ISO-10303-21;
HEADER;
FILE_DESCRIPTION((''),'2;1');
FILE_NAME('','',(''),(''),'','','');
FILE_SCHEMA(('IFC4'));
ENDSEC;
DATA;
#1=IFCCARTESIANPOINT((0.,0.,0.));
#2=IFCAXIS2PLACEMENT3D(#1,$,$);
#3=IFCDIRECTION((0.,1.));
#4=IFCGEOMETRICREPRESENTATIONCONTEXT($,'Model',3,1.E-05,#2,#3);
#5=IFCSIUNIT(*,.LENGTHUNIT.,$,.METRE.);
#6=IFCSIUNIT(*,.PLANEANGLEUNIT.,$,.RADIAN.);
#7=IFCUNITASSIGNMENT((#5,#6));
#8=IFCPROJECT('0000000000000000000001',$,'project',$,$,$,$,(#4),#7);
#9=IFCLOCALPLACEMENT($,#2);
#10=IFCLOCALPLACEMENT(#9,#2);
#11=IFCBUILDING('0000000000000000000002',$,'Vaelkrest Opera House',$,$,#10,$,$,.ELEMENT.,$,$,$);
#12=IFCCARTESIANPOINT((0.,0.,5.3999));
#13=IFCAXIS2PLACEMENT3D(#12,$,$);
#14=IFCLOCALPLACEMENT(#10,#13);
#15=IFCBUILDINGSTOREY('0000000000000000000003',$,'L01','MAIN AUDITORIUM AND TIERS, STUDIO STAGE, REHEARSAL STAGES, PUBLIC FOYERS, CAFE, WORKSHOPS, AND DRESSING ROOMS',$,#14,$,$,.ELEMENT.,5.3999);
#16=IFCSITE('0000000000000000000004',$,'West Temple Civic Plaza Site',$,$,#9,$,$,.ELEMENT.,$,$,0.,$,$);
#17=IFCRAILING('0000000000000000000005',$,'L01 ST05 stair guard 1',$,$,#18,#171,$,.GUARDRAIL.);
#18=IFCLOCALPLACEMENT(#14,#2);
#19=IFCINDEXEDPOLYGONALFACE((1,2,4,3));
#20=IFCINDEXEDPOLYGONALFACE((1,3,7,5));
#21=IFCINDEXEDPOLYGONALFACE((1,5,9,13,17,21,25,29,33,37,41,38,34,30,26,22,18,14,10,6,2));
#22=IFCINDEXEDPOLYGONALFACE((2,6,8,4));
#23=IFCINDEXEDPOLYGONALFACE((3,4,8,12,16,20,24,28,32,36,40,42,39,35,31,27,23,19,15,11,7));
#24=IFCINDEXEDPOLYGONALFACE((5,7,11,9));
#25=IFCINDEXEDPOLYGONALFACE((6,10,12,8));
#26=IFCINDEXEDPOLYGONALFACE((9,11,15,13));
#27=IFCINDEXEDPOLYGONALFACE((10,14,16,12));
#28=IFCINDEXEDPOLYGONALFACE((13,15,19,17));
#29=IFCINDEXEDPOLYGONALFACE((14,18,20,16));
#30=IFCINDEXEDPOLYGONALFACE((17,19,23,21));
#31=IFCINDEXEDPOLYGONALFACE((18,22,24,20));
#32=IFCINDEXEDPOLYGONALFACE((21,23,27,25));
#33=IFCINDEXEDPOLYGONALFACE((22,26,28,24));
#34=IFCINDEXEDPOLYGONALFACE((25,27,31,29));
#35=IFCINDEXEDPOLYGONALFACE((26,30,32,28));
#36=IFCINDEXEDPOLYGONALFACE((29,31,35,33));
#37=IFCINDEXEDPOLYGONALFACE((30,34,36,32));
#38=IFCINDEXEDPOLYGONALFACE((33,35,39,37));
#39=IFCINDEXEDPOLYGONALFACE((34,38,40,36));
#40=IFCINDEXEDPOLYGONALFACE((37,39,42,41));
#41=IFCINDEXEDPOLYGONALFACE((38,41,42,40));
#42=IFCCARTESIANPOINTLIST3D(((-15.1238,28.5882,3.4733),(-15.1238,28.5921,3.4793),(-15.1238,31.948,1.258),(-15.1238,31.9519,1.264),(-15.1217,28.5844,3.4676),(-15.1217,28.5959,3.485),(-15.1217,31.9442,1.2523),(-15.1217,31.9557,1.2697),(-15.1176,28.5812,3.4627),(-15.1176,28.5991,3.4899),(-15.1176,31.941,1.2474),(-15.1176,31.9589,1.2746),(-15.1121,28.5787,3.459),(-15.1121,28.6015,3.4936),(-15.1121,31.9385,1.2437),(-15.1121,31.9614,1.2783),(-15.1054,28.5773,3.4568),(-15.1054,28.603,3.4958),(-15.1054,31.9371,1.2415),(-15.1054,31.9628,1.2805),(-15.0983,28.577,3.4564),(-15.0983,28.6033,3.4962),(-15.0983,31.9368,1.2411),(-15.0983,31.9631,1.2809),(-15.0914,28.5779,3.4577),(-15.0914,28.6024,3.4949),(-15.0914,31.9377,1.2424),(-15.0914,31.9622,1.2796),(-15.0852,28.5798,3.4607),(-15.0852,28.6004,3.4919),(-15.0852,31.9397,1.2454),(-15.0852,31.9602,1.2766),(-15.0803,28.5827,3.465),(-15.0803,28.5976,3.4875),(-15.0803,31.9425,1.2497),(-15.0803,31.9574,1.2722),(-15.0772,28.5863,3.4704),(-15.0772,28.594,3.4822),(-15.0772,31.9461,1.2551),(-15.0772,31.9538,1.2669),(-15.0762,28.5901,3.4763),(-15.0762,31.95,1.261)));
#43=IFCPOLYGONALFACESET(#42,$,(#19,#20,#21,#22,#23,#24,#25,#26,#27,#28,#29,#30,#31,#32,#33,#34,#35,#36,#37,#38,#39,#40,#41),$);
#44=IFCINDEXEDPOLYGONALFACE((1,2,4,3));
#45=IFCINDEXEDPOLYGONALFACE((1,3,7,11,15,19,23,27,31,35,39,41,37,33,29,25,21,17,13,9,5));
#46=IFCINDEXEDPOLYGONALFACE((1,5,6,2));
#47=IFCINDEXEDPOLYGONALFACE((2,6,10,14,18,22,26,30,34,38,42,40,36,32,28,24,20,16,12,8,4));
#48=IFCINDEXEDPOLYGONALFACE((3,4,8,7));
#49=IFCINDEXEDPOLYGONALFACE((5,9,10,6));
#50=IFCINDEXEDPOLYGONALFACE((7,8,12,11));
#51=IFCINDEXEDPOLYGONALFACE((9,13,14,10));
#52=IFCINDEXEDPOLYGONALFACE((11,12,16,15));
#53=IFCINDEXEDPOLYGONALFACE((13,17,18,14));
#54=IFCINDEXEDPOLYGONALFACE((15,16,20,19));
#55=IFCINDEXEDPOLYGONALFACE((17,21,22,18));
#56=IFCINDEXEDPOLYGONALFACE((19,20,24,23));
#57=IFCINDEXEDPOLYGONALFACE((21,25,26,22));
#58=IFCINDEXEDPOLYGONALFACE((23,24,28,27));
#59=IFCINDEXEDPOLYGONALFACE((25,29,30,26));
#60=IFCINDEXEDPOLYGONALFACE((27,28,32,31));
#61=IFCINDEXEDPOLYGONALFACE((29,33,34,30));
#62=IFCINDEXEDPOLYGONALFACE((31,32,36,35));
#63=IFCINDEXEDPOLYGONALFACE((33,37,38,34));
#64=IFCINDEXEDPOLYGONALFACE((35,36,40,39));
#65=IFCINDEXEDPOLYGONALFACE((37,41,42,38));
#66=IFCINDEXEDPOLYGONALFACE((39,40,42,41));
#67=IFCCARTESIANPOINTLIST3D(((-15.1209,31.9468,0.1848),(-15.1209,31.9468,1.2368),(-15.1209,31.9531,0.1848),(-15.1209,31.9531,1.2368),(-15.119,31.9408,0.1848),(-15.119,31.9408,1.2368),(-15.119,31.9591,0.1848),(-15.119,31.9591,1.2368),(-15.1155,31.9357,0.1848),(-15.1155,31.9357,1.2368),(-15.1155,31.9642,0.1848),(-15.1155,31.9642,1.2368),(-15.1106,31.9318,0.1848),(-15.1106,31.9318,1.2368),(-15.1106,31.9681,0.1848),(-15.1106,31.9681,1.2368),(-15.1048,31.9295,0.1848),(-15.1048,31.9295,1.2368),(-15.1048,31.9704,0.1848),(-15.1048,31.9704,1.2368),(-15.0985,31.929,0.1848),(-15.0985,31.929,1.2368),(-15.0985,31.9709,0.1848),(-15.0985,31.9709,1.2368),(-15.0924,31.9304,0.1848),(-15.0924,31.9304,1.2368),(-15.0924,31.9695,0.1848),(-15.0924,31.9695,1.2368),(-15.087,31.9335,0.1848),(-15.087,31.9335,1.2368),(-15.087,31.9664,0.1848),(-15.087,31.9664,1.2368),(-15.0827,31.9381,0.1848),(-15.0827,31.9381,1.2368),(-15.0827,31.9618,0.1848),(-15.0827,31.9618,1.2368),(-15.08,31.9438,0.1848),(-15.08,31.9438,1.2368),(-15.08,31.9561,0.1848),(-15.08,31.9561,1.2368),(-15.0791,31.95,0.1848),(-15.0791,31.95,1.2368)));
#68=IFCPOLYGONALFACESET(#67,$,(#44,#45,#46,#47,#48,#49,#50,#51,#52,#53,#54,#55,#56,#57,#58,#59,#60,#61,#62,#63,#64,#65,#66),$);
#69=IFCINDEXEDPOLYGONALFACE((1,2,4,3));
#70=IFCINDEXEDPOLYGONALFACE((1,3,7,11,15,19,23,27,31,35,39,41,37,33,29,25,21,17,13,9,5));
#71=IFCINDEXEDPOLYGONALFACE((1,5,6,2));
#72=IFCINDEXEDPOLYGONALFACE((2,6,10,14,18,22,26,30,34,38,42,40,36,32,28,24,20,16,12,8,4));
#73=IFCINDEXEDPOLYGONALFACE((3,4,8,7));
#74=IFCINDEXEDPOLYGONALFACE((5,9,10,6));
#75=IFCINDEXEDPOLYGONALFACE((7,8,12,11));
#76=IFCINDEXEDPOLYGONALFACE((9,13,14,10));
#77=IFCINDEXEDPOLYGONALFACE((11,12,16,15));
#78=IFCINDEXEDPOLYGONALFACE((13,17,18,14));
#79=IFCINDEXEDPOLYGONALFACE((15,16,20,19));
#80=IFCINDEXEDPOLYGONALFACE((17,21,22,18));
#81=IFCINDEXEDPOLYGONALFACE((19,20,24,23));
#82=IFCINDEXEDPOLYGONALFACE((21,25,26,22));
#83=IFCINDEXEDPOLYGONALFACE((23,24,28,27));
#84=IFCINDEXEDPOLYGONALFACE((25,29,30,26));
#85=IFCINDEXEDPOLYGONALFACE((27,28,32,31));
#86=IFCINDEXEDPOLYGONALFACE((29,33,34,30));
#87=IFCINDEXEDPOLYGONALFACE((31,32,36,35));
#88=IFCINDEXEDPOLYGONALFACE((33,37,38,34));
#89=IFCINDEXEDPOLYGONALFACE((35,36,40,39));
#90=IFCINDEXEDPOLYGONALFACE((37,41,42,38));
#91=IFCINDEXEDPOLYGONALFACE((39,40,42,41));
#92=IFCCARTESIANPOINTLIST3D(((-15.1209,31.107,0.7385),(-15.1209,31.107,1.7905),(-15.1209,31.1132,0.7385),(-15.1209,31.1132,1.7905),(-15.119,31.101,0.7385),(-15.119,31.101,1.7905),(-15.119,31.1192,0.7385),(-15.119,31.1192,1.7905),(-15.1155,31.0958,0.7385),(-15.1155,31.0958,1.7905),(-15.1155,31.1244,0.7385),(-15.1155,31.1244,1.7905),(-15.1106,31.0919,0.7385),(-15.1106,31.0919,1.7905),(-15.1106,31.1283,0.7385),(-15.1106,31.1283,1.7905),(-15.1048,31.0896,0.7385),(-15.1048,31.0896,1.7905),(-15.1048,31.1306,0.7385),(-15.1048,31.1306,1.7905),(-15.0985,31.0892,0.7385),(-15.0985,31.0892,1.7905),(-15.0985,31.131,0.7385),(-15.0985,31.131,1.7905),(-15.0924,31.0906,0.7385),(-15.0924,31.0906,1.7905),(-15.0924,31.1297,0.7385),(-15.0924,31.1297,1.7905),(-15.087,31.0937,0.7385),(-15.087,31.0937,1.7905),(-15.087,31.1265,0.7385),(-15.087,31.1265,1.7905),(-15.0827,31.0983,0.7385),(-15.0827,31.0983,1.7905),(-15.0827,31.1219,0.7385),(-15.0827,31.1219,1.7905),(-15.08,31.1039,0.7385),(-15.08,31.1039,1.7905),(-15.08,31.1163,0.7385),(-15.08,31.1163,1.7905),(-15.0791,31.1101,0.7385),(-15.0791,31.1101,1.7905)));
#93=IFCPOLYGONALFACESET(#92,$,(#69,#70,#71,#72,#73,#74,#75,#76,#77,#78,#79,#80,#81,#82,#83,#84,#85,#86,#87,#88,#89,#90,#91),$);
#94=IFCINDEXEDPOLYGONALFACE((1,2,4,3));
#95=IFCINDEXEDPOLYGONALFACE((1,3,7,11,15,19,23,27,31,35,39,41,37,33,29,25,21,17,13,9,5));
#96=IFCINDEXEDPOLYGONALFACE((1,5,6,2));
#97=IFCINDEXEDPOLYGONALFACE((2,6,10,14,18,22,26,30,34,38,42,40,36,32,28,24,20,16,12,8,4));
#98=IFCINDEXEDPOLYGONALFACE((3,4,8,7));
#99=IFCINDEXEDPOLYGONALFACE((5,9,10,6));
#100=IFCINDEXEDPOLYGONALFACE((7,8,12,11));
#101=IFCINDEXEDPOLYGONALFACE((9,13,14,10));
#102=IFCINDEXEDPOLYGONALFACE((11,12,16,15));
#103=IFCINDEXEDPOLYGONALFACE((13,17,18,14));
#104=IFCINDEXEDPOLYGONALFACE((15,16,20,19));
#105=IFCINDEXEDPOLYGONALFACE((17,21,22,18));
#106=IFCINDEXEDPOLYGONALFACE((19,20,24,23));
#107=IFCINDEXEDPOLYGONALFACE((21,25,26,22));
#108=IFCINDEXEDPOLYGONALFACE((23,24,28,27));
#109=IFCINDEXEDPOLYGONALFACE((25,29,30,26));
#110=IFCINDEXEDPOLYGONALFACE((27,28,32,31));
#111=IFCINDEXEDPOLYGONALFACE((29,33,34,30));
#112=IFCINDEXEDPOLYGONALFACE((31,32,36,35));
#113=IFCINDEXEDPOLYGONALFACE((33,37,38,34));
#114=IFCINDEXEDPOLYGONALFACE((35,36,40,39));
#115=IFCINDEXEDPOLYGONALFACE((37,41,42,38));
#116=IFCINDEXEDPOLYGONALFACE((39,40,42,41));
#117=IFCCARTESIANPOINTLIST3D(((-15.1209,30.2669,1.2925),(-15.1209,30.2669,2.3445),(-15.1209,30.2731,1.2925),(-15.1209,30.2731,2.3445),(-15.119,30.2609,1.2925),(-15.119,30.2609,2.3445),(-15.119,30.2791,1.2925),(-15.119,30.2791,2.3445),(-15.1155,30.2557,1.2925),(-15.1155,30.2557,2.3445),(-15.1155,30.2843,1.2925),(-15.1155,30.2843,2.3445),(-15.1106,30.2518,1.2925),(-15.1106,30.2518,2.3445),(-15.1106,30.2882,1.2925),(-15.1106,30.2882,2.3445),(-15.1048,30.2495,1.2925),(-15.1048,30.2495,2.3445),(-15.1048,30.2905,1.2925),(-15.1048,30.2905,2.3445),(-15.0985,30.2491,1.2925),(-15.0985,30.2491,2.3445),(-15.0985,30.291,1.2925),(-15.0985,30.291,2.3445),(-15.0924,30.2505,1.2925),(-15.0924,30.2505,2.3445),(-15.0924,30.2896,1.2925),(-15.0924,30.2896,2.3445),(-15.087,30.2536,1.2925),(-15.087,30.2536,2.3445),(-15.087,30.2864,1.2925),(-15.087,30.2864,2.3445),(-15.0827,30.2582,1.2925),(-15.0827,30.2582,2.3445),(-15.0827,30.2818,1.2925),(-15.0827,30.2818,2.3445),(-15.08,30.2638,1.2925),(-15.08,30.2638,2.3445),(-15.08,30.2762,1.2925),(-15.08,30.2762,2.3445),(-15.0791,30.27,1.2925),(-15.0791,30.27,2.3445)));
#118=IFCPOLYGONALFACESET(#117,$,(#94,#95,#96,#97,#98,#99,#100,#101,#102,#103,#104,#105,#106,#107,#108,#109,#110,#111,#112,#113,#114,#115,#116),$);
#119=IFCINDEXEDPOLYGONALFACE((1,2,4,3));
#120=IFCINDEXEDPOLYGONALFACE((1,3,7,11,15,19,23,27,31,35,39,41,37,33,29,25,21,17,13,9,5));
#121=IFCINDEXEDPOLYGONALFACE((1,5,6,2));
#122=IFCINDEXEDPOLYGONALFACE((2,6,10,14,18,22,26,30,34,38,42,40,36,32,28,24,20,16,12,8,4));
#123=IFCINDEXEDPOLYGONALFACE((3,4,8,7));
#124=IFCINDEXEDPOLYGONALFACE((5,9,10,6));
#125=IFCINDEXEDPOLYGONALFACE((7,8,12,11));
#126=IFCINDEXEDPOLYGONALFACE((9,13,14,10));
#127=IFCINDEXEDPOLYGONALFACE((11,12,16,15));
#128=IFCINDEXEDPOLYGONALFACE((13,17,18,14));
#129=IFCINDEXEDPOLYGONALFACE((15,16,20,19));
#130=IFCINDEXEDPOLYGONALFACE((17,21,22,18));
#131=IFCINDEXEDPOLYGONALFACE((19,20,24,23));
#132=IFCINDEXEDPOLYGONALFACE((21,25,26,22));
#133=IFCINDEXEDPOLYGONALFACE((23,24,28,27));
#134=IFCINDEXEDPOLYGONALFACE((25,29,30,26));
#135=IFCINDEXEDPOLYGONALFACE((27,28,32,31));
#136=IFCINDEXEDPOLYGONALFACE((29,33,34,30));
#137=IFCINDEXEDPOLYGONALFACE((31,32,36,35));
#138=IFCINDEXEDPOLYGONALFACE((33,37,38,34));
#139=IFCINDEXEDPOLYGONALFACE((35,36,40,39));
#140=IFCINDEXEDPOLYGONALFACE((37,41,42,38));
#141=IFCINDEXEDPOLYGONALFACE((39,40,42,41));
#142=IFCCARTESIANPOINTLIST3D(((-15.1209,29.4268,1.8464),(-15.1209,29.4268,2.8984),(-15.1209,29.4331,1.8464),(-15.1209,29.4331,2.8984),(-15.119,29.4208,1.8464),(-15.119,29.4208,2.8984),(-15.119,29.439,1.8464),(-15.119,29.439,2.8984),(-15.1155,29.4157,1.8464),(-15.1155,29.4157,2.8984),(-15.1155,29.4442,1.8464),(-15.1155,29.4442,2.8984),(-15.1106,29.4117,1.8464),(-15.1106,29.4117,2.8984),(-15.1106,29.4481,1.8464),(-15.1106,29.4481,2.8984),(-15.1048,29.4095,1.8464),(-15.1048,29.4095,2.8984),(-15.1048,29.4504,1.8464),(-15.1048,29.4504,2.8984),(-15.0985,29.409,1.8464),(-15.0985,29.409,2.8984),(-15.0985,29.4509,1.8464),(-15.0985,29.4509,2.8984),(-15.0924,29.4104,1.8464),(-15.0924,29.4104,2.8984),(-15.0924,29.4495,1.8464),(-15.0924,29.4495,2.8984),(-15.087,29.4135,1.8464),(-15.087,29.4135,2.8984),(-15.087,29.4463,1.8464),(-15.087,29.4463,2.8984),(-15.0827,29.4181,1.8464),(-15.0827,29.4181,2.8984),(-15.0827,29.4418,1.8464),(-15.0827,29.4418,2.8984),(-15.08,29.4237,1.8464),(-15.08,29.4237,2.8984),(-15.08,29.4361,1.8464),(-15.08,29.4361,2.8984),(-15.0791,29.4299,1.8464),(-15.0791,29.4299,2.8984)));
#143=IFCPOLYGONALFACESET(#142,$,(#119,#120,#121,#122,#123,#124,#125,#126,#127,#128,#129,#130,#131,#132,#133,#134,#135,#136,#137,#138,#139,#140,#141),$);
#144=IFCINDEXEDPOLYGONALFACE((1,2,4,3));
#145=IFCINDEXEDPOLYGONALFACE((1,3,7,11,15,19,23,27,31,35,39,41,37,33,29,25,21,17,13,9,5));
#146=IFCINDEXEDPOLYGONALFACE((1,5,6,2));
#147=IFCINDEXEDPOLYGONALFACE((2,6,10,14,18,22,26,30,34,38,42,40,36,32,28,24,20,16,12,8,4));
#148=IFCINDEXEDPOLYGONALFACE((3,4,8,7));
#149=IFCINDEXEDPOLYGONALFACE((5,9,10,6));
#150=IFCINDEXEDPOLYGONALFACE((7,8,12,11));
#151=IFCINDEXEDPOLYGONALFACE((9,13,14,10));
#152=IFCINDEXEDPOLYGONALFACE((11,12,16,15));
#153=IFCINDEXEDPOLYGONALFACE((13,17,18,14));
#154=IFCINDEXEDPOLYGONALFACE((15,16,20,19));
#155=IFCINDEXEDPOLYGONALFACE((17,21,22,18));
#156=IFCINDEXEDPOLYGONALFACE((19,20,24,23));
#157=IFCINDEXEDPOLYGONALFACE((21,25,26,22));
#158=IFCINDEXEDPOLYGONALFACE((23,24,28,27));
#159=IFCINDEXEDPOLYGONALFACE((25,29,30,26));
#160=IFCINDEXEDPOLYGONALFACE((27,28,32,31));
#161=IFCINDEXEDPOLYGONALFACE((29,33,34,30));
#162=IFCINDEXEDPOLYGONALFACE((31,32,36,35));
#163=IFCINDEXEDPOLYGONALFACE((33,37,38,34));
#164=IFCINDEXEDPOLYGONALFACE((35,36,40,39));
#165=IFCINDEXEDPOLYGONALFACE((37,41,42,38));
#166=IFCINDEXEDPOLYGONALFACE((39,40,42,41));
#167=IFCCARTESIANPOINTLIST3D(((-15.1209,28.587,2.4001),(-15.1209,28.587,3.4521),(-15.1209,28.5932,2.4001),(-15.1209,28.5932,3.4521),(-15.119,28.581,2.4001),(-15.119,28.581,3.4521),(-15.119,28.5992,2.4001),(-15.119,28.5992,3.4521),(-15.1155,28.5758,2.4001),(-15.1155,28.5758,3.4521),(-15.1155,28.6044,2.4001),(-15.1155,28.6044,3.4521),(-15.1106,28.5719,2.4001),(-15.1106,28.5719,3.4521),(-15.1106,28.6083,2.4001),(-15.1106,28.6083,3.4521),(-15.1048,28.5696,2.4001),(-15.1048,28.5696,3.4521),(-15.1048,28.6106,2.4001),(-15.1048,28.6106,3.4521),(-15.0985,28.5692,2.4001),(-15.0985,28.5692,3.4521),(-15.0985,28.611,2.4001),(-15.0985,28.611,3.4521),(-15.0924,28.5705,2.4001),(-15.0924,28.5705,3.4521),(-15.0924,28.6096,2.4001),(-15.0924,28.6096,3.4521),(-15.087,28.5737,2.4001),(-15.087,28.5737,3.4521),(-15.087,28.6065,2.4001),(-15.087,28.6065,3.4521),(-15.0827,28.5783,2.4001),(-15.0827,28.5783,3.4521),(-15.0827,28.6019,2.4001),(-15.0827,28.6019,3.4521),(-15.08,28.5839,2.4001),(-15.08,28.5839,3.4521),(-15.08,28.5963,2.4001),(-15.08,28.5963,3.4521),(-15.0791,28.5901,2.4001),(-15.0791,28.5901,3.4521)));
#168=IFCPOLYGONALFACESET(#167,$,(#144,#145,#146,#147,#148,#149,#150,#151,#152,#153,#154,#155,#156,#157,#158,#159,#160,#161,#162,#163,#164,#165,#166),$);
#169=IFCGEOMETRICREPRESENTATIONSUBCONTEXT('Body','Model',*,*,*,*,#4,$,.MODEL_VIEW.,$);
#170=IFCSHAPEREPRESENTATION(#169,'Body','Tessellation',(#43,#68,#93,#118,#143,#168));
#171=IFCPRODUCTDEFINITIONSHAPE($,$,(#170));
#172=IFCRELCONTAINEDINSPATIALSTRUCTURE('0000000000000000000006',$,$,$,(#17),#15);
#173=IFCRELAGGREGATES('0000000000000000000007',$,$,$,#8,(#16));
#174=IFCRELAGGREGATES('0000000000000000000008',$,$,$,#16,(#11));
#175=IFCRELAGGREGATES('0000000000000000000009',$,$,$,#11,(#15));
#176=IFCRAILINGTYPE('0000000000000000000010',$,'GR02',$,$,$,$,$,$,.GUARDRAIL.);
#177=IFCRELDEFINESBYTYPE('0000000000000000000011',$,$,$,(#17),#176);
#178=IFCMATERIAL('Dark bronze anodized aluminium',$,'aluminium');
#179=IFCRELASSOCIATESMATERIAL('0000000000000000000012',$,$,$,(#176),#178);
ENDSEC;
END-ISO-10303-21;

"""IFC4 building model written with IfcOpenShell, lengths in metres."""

from ifc_helpers import new_model, si_unit, direction, frame, origin, origin_2d, place, context, subcontext, project, spatial, circle, extrude, material, type_object, element, save


model = new_model("IFC4")

# Units and contexts
model_context = context("Model", 3, precision=1e-05, world=origin(), true_north=direction((0.0, 1.0)))
body_context = subcontext(model_context, "Body", "Model", "MODEL_VIEW")
ifc_project = project(units=[si_unit("LENGTHUNIT", "METRE"), si_unit("PLANEANGLEUNIT", "RADIAN")], contexts=[model_context])

# Site, building, storey
site_placement = place(None, origin())
site = spatial("IfcSite", under=ifc_project, at=site_placement, Name="West Temple Civic Plaza Site", CompositionType="ELEMENT", RefElevation=0.0)
building_placement = place(site_placement, origin())
building = spatial("IfcBuilding", under=site, at=building_placement, Name="Vaelkrest Opera House", CompositionType="ELEMENT")
storey_placement = place(building_placement, frame((0.0, 0.0, 5.3999)))
storey = spatial("IfcBuildingStorey", under=building, at=storey_placement, Name="L01", Description="MAIN AUDITORIUM AND TIERS, STUDIO STAGE, REHEARSAL STAGES, PUBLIC FOYERS, CAFE, WORKSHOPS, AND DRESSING ROOMS", CompositionType="ELEMENT", Elevation=5.3999)

# Railing
ifc_material_1 = material(Name="Dark bronze anodized aluminium", Category="aluminium")
railing_type_1 = type_object("IfcRailingType", Name="GR02", PredefinedType="GUARDRAIL", material=ifc_material_1)
railing_1_placement = place(storey_placement, frame((-15.1001, 31.95, 0.1848)))
element("IfcRailing", 1, at=railing_1_placement, inside=storey, type_object=railing_type_1, Name="L01 ST05 stair guard 1", PredefinedType="GUARDRAIL", context=body_context, shape_type="SweptSolid", body=[
    extrude(circle(Radius=0.0239, at=origin_2d()), frame((0.0, 0.0, 1.0762), z_axis=(0.0, -0.834858, 0.550465), x_axis=(1.0, 0.0, 0.0)), (0.0, 0.0, 1.0), 4.0244),
    extrude(circle(Radius=0.021, at=origin_2d()), origin(), (0.0, 0.0, 1.0), 1.052),
    extrude(circle(Radius=0.021, at=origin_2d()), frame((0.0, -0.8398, 0.5537)), (0.0, 0.0, 1.0), 1.052),
    extrude(circle(Radius=0.021, at=origin_2d()), frame((0.0, -1.6799, 1.1077)), (0.0, 0.0, 1.0), 1.052),
    extrude(circle(Radius=0.021, at=origin_2d()), frame((0.0, -2.52, 1.6616)), (0.0, 0.0, 1.0), 1.052),
    extrude(circle(Radius=0.021, at=origin_2d()), frame((0.0, -3.3599, 2.2153)), (0.0, 0.0, 1.0), 1.052),
])

save(model, "model.ifc")
